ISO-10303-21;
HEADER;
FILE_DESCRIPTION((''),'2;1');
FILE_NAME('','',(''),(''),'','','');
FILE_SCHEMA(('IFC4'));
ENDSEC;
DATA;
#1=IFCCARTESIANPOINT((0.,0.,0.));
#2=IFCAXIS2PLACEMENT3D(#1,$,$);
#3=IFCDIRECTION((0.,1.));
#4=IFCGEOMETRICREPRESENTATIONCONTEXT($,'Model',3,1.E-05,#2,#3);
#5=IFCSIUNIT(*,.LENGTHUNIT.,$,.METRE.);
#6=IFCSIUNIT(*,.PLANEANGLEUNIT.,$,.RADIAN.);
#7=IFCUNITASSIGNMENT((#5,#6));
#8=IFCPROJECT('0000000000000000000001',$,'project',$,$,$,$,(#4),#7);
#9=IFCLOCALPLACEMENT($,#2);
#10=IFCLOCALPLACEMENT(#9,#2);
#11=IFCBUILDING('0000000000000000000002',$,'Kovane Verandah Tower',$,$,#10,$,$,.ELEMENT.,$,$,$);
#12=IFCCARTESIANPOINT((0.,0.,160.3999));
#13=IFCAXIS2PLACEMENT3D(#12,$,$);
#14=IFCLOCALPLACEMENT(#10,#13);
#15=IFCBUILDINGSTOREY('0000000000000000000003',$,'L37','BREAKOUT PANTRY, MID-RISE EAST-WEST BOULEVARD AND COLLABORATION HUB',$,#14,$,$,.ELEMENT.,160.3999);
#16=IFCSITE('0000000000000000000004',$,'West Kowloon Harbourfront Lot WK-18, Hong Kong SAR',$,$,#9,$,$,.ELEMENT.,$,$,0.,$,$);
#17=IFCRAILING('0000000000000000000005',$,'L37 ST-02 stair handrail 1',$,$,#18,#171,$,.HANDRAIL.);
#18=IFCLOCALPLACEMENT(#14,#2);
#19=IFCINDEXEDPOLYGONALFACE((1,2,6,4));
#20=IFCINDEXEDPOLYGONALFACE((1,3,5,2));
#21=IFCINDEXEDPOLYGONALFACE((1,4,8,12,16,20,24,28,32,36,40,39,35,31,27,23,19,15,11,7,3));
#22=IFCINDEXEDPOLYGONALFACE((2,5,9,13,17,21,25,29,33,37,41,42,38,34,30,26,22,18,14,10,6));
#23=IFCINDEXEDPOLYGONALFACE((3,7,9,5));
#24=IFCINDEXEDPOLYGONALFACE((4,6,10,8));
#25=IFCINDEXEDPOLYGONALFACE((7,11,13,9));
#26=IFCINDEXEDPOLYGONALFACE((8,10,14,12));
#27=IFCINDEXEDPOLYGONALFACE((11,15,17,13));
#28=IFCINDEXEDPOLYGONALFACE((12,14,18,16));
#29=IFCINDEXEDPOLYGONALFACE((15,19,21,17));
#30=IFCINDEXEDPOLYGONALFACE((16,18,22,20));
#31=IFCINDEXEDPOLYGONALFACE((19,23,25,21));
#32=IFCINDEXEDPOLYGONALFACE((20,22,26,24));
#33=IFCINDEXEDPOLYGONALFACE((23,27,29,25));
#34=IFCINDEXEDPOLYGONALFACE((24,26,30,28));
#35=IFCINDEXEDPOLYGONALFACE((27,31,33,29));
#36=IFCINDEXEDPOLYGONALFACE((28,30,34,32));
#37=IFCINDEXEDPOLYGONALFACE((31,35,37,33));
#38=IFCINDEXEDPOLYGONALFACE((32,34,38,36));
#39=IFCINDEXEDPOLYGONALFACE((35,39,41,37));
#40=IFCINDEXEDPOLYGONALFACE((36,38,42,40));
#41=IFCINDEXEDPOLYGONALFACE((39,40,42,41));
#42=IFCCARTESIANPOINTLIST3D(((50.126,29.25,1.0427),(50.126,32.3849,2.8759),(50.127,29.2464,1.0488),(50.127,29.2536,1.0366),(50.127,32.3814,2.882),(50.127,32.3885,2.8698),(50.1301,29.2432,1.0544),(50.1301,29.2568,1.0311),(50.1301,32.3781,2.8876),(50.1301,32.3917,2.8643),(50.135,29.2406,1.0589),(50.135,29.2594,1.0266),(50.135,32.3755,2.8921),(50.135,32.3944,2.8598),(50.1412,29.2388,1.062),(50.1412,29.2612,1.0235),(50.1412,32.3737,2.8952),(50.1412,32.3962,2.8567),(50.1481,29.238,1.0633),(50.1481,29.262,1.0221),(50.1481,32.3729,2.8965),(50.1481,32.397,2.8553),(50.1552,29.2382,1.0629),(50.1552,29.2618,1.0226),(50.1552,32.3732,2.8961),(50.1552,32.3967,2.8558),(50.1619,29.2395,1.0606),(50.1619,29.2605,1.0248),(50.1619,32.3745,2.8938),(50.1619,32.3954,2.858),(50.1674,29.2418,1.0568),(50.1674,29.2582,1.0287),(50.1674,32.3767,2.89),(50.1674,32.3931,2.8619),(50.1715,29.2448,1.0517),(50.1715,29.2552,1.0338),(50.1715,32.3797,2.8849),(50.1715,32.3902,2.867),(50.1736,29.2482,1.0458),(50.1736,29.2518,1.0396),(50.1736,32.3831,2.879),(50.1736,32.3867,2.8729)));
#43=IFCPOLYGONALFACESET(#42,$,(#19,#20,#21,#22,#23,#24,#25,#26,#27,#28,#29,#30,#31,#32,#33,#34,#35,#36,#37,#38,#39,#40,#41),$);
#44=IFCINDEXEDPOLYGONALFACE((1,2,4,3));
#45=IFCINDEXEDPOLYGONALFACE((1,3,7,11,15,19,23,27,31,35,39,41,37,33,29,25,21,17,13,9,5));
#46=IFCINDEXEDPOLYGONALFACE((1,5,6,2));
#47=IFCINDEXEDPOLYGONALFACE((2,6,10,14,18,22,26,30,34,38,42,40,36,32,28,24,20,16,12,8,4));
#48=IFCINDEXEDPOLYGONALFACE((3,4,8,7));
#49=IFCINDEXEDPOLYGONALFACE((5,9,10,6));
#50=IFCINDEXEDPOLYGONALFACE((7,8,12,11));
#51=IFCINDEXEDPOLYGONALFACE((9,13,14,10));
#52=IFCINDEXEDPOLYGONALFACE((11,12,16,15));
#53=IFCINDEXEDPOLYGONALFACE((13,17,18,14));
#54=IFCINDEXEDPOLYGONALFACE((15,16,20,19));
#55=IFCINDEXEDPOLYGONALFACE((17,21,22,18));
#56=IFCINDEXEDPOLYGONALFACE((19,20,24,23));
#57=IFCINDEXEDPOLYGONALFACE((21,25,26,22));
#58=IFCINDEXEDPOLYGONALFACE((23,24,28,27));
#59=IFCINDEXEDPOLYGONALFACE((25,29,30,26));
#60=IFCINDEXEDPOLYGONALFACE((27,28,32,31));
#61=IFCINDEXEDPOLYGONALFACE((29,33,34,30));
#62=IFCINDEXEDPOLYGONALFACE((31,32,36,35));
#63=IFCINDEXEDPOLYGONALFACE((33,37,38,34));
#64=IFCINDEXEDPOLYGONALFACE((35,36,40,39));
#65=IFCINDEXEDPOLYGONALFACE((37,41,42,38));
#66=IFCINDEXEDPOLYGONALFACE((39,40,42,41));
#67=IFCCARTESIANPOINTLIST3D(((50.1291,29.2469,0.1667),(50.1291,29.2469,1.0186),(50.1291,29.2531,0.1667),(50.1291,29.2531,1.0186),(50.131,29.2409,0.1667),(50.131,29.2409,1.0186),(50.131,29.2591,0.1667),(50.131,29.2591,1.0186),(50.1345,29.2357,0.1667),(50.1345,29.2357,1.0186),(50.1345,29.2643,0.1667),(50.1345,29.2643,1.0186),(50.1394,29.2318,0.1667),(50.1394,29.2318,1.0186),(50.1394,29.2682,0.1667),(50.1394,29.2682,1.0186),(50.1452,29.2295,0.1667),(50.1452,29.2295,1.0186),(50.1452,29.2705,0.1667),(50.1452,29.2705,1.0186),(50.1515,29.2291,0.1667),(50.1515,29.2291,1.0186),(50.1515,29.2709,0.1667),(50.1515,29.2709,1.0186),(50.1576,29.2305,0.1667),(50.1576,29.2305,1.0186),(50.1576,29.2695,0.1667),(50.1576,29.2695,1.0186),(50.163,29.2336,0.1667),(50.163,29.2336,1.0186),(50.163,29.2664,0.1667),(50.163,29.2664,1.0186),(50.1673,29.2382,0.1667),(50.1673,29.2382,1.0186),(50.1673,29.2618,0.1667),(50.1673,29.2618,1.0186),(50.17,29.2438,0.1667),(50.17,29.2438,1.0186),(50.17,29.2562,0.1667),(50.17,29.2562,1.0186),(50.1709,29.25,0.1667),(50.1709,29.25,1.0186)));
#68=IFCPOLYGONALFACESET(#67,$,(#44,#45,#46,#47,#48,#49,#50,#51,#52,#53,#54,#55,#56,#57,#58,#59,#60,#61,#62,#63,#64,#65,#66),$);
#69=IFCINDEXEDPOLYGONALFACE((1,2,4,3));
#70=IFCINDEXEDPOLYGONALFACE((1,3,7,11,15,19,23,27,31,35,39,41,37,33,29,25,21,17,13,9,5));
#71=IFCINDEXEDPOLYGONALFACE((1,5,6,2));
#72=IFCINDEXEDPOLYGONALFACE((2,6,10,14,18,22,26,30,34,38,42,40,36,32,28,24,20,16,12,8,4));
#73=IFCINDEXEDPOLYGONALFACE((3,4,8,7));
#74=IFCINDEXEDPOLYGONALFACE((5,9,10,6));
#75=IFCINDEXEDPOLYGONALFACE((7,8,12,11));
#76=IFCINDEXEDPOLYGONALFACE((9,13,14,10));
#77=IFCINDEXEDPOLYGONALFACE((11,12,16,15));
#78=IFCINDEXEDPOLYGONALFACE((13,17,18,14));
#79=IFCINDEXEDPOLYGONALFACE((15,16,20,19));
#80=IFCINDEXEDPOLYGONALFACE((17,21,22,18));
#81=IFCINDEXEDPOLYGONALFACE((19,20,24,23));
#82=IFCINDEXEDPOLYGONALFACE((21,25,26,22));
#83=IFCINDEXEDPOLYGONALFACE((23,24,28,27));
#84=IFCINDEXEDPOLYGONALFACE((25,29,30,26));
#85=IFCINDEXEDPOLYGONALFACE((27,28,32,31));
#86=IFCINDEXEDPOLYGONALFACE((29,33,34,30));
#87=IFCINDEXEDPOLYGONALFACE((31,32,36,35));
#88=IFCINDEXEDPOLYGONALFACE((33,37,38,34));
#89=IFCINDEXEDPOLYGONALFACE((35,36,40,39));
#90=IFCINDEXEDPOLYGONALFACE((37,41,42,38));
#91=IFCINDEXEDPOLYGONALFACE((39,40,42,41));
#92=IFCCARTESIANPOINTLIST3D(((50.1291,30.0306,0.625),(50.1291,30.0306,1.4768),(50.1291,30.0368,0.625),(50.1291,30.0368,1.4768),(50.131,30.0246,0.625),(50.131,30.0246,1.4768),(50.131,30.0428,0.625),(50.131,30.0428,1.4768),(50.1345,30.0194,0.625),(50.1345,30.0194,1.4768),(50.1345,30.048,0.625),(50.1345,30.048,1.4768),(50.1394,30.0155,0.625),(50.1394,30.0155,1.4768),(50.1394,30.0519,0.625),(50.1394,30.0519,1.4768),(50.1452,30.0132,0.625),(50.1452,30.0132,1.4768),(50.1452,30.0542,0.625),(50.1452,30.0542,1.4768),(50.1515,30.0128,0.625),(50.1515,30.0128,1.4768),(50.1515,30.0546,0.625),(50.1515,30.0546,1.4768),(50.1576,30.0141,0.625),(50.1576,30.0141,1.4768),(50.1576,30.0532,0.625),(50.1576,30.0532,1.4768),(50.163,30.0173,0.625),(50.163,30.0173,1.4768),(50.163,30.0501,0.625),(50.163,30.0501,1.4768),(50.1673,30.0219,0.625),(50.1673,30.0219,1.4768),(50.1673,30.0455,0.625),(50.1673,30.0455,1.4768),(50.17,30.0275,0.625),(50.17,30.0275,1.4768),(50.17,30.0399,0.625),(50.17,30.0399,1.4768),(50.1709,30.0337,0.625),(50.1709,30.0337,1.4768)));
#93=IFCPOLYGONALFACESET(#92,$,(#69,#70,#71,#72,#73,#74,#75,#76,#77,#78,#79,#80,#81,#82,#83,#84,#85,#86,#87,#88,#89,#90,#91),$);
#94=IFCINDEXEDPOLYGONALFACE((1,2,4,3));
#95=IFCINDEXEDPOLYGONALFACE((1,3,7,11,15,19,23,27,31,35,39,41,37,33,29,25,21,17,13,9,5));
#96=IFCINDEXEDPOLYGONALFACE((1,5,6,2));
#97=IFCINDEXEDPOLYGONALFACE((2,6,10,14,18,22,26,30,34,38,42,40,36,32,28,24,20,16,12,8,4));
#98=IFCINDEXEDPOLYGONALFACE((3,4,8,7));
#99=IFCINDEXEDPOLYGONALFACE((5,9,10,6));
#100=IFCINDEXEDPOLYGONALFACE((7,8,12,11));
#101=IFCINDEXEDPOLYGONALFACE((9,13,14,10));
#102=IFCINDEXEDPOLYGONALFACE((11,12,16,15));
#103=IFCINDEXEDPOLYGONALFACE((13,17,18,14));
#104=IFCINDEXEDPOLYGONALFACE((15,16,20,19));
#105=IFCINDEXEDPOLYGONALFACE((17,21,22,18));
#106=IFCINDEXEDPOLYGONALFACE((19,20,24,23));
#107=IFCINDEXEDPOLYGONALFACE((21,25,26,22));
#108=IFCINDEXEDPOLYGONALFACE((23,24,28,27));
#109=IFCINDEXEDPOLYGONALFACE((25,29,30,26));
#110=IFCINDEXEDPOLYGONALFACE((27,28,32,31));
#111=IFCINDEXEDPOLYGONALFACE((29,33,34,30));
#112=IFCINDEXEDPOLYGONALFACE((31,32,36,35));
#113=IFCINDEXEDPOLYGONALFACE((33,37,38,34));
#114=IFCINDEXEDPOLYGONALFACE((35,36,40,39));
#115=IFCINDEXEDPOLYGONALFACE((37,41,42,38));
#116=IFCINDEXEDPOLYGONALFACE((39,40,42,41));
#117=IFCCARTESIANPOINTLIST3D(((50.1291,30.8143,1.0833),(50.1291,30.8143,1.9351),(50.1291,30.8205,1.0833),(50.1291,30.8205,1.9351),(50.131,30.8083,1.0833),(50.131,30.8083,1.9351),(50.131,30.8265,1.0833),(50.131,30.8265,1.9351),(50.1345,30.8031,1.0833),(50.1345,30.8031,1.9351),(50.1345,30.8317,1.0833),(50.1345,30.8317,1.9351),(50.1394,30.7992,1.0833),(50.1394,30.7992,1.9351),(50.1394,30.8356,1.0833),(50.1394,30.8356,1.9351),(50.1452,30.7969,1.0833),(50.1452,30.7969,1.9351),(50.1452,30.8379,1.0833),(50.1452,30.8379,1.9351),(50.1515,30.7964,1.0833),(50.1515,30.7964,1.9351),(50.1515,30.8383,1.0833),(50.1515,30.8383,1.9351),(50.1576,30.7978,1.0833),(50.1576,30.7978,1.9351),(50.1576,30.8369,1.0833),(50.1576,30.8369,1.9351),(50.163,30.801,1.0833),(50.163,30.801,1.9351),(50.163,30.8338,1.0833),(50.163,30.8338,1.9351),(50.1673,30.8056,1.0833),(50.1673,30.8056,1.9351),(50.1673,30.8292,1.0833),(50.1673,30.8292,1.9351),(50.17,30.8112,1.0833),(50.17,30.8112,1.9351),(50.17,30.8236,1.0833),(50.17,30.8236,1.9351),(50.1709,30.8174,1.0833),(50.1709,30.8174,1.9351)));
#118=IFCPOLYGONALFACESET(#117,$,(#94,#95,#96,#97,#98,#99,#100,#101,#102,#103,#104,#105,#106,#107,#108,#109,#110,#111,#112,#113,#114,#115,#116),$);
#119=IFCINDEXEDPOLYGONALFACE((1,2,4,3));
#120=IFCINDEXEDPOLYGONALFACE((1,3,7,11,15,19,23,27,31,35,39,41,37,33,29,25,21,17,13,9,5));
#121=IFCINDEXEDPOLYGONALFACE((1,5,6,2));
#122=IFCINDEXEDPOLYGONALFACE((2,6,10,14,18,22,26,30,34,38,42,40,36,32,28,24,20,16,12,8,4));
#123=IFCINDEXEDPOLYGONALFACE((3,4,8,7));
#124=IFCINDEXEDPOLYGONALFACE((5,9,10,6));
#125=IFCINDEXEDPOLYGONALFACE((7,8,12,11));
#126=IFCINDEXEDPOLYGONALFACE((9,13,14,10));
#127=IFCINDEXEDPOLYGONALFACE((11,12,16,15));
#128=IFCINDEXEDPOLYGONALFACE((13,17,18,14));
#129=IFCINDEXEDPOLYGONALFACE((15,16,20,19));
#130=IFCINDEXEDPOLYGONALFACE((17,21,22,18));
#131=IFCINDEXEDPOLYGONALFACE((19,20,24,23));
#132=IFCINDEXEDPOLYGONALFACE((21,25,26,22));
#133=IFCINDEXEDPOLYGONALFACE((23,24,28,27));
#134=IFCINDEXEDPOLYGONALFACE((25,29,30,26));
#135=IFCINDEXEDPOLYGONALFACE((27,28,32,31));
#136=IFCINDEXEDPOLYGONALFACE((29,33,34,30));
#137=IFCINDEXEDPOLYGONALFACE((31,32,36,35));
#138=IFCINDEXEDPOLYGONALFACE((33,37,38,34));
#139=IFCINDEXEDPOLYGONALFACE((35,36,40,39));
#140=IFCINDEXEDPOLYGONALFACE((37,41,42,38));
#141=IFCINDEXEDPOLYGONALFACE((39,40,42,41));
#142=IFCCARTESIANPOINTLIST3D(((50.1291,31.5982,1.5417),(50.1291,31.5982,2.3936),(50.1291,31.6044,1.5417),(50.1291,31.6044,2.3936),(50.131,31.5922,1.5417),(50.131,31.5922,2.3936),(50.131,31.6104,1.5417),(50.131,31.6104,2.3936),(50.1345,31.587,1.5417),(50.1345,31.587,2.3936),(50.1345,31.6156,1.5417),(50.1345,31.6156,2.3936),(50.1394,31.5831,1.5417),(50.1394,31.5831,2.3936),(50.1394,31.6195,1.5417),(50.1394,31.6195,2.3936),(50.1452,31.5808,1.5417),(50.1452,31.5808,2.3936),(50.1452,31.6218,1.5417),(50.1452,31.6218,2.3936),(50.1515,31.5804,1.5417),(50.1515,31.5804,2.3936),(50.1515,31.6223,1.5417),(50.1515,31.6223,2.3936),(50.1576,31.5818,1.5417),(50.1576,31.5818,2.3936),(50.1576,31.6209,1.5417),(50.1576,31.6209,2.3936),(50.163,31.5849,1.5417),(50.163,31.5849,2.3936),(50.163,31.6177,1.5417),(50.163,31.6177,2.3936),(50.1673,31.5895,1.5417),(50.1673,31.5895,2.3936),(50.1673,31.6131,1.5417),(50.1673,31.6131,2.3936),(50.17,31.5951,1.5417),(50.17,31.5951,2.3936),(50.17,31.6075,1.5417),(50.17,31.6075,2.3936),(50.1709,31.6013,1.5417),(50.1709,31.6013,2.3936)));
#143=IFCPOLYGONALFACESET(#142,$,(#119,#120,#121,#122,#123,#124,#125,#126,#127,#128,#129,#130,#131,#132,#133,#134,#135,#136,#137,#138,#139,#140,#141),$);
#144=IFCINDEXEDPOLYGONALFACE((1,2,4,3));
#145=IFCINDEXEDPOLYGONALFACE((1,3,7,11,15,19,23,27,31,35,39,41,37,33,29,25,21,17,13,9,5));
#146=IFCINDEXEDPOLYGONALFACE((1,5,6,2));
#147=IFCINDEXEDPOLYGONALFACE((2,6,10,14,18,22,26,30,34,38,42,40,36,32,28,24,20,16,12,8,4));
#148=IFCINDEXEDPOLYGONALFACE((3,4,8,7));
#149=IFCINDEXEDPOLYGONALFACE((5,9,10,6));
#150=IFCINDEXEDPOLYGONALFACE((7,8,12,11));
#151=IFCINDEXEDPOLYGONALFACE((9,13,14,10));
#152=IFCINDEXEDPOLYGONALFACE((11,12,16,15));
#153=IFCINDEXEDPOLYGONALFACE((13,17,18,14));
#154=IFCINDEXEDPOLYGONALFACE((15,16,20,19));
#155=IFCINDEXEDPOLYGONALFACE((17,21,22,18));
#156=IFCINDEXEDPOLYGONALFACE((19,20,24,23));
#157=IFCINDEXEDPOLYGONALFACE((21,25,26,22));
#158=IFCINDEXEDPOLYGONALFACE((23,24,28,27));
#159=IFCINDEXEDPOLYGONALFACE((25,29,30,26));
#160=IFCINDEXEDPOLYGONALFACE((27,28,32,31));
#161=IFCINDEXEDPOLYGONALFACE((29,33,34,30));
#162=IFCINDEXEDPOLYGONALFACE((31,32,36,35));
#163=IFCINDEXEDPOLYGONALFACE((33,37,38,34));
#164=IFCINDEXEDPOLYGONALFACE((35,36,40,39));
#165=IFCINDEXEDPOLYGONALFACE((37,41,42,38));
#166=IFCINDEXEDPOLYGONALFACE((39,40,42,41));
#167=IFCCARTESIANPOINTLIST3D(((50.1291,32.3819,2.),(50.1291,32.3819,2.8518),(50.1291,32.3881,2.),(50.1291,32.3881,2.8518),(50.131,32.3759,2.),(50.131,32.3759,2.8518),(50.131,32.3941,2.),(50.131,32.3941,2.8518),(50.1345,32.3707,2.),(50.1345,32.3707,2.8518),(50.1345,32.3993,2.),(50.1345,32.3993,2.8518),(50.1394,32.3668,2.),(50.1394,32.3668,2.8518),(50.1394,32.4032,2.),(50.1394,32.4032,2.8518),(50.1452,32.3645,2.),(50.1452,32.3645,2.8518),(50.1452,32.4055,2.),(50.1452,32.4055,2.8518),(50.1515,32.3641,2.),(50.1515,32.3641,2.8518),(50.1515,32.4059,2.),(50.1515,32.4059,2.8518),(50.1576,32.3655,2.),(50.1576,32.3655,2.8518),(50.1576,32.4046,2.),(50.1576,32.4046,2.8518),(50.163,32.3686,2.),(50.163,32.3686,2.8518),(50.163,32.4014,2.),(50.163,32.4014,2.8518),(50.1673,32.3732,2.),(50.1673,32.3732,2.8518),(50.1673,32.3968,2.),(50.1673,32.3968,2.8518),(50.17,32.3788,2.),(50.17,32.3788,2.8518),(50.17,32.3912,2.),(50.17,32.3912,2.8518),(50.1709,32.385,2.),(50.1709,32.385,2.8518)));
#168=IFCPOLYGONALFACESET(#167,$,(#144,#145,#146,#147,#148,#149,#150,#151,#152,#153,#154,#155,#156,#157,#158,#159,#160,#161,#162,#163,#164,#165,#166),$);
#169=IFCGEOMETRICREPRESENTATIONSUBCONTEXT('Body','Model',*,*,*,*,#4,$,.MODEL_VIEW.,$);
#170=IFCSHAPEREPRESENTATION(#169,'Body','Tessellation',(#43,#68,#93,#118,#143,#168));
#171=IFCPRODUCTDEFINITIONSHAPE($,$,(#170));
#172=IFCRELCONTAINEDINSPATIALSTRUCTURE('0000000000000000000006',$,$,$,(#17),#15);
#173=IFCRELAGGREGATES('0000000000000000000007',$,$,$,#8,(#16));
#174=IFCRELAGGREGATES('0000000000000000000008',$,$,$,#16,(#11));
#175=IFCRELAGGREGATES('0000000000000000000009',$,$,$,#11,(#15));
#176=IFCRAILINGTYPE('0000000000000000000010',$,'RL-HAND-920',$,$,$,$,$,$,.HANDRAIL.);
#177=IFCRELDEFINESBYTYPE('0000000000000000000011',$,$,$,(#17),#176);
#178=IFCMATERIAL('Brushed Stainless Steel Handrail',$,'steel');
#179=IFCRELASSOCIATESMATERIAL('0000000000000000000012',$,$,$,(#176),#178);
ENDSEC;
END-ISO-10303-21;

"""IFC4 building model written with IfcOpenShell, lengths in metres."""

from ifc_helpers import new_model, si_unit, direction, frame, origin, origin_2d, place, context, subcontext, project, spatial, circle, extrude, material, type_object, element, save


model = new_model("IFC4")

# Units and contexts
model_context = context("Model", 3, precision=1e-05, world=origin(), true_north=direction((0.0, 1.0)))
body_context = subcontext(model_context, "Body", "Model", "MODEL_VIEW")
ifc_project = project(units=[si_unit("LENGTHUNIT", "METRE"), si_unit("PLANEANGLEUNIT", "RADIAN")], contexts=[model_context])

# Site, building, storey
site_placement = place(None, origin())
site = spatial("IfcSite", under=ifc_project, at=site_placement, Name="West Kowloon Harbourfront Lot WK-18, Hong Kong SAR", CompositionType="ELEMENT", RefElevation=0.0)
building_placement = place(site_placement, origin())
building = spatial("IfcBuilding", under=site, at=building_placement, Name="Kovane Verandah Tower", CompositionType="ELEMENT")
storey_placement = place(building_placement, frame((0.0, 0.0, 160.3999)))
storey = spatial("IfcBuildingStorey", under=building, at=storey_placement, Name="L37", Description="BREAKOUT PANTRY, MID-RISE EAST-WEST BOULEVARD AND COLLABORATION HUB", CompositionType="ELEMENT", Elevation=160.3999)

# Railing
ifc_material_1 = material(Name="Brushed Stainless Steel Handrail", Category="steel")
railing_type_1 = type_object("IfcRailingType", Name="RL-HAND-920", PredefinedType="HANDRAIL", material=ifc_material_1)
railing_1_placement = place(storey_placement, frame((50.1499, 29.25, 0.1667)))
element("IfcRailing", 1, at=railing_1_placement, inside=storey, type_object=railing_type_1, Name="L37 ST-02 stair handrail 1", PredefinedType="HANDRAIL", context=body_context, shape_type="SweptSolid", body=[
    extrude(circle(Radius=0.0239, at=origin_2d()), frame((0.0, 0.0, 0.876), z_axis=(0.0, 0.86324, 0.504794), x_axis=(-1.0, 0.0, 0.0)), (0.0, 0.0, 1.0), 3.6316),
    extrude(circle(Radius=0.021, at=origin_2d()), origin(), (0.0, 0.0, 1.0), 0.8518),
    extrude(circle(Radius=0.021, at=origin_2d()), frame((0.0, 0.7837, 0.4583)), (0.0, 0.0, 1.0), 0.8518),
    extrude(circle(Radius=0.021, at=origin_2d()), frame((0.0, 1.5674, 0.9165)), (0.0, 0.0, 1.0), 0.8518),
    extrude(circle(Radius=0.021, at=origin_2d()), frame((0.0, 2.3513, 1.375)), (0.0, 0.0, 1.0), 0.8518),
    extrude(circle(Radius=0.021, at=origin_2d()), frame((0.0, 3.135, 1.8333)), (0.0, 0.0, 1.0), 0.8518),
])

save(model, "model.ifc")
